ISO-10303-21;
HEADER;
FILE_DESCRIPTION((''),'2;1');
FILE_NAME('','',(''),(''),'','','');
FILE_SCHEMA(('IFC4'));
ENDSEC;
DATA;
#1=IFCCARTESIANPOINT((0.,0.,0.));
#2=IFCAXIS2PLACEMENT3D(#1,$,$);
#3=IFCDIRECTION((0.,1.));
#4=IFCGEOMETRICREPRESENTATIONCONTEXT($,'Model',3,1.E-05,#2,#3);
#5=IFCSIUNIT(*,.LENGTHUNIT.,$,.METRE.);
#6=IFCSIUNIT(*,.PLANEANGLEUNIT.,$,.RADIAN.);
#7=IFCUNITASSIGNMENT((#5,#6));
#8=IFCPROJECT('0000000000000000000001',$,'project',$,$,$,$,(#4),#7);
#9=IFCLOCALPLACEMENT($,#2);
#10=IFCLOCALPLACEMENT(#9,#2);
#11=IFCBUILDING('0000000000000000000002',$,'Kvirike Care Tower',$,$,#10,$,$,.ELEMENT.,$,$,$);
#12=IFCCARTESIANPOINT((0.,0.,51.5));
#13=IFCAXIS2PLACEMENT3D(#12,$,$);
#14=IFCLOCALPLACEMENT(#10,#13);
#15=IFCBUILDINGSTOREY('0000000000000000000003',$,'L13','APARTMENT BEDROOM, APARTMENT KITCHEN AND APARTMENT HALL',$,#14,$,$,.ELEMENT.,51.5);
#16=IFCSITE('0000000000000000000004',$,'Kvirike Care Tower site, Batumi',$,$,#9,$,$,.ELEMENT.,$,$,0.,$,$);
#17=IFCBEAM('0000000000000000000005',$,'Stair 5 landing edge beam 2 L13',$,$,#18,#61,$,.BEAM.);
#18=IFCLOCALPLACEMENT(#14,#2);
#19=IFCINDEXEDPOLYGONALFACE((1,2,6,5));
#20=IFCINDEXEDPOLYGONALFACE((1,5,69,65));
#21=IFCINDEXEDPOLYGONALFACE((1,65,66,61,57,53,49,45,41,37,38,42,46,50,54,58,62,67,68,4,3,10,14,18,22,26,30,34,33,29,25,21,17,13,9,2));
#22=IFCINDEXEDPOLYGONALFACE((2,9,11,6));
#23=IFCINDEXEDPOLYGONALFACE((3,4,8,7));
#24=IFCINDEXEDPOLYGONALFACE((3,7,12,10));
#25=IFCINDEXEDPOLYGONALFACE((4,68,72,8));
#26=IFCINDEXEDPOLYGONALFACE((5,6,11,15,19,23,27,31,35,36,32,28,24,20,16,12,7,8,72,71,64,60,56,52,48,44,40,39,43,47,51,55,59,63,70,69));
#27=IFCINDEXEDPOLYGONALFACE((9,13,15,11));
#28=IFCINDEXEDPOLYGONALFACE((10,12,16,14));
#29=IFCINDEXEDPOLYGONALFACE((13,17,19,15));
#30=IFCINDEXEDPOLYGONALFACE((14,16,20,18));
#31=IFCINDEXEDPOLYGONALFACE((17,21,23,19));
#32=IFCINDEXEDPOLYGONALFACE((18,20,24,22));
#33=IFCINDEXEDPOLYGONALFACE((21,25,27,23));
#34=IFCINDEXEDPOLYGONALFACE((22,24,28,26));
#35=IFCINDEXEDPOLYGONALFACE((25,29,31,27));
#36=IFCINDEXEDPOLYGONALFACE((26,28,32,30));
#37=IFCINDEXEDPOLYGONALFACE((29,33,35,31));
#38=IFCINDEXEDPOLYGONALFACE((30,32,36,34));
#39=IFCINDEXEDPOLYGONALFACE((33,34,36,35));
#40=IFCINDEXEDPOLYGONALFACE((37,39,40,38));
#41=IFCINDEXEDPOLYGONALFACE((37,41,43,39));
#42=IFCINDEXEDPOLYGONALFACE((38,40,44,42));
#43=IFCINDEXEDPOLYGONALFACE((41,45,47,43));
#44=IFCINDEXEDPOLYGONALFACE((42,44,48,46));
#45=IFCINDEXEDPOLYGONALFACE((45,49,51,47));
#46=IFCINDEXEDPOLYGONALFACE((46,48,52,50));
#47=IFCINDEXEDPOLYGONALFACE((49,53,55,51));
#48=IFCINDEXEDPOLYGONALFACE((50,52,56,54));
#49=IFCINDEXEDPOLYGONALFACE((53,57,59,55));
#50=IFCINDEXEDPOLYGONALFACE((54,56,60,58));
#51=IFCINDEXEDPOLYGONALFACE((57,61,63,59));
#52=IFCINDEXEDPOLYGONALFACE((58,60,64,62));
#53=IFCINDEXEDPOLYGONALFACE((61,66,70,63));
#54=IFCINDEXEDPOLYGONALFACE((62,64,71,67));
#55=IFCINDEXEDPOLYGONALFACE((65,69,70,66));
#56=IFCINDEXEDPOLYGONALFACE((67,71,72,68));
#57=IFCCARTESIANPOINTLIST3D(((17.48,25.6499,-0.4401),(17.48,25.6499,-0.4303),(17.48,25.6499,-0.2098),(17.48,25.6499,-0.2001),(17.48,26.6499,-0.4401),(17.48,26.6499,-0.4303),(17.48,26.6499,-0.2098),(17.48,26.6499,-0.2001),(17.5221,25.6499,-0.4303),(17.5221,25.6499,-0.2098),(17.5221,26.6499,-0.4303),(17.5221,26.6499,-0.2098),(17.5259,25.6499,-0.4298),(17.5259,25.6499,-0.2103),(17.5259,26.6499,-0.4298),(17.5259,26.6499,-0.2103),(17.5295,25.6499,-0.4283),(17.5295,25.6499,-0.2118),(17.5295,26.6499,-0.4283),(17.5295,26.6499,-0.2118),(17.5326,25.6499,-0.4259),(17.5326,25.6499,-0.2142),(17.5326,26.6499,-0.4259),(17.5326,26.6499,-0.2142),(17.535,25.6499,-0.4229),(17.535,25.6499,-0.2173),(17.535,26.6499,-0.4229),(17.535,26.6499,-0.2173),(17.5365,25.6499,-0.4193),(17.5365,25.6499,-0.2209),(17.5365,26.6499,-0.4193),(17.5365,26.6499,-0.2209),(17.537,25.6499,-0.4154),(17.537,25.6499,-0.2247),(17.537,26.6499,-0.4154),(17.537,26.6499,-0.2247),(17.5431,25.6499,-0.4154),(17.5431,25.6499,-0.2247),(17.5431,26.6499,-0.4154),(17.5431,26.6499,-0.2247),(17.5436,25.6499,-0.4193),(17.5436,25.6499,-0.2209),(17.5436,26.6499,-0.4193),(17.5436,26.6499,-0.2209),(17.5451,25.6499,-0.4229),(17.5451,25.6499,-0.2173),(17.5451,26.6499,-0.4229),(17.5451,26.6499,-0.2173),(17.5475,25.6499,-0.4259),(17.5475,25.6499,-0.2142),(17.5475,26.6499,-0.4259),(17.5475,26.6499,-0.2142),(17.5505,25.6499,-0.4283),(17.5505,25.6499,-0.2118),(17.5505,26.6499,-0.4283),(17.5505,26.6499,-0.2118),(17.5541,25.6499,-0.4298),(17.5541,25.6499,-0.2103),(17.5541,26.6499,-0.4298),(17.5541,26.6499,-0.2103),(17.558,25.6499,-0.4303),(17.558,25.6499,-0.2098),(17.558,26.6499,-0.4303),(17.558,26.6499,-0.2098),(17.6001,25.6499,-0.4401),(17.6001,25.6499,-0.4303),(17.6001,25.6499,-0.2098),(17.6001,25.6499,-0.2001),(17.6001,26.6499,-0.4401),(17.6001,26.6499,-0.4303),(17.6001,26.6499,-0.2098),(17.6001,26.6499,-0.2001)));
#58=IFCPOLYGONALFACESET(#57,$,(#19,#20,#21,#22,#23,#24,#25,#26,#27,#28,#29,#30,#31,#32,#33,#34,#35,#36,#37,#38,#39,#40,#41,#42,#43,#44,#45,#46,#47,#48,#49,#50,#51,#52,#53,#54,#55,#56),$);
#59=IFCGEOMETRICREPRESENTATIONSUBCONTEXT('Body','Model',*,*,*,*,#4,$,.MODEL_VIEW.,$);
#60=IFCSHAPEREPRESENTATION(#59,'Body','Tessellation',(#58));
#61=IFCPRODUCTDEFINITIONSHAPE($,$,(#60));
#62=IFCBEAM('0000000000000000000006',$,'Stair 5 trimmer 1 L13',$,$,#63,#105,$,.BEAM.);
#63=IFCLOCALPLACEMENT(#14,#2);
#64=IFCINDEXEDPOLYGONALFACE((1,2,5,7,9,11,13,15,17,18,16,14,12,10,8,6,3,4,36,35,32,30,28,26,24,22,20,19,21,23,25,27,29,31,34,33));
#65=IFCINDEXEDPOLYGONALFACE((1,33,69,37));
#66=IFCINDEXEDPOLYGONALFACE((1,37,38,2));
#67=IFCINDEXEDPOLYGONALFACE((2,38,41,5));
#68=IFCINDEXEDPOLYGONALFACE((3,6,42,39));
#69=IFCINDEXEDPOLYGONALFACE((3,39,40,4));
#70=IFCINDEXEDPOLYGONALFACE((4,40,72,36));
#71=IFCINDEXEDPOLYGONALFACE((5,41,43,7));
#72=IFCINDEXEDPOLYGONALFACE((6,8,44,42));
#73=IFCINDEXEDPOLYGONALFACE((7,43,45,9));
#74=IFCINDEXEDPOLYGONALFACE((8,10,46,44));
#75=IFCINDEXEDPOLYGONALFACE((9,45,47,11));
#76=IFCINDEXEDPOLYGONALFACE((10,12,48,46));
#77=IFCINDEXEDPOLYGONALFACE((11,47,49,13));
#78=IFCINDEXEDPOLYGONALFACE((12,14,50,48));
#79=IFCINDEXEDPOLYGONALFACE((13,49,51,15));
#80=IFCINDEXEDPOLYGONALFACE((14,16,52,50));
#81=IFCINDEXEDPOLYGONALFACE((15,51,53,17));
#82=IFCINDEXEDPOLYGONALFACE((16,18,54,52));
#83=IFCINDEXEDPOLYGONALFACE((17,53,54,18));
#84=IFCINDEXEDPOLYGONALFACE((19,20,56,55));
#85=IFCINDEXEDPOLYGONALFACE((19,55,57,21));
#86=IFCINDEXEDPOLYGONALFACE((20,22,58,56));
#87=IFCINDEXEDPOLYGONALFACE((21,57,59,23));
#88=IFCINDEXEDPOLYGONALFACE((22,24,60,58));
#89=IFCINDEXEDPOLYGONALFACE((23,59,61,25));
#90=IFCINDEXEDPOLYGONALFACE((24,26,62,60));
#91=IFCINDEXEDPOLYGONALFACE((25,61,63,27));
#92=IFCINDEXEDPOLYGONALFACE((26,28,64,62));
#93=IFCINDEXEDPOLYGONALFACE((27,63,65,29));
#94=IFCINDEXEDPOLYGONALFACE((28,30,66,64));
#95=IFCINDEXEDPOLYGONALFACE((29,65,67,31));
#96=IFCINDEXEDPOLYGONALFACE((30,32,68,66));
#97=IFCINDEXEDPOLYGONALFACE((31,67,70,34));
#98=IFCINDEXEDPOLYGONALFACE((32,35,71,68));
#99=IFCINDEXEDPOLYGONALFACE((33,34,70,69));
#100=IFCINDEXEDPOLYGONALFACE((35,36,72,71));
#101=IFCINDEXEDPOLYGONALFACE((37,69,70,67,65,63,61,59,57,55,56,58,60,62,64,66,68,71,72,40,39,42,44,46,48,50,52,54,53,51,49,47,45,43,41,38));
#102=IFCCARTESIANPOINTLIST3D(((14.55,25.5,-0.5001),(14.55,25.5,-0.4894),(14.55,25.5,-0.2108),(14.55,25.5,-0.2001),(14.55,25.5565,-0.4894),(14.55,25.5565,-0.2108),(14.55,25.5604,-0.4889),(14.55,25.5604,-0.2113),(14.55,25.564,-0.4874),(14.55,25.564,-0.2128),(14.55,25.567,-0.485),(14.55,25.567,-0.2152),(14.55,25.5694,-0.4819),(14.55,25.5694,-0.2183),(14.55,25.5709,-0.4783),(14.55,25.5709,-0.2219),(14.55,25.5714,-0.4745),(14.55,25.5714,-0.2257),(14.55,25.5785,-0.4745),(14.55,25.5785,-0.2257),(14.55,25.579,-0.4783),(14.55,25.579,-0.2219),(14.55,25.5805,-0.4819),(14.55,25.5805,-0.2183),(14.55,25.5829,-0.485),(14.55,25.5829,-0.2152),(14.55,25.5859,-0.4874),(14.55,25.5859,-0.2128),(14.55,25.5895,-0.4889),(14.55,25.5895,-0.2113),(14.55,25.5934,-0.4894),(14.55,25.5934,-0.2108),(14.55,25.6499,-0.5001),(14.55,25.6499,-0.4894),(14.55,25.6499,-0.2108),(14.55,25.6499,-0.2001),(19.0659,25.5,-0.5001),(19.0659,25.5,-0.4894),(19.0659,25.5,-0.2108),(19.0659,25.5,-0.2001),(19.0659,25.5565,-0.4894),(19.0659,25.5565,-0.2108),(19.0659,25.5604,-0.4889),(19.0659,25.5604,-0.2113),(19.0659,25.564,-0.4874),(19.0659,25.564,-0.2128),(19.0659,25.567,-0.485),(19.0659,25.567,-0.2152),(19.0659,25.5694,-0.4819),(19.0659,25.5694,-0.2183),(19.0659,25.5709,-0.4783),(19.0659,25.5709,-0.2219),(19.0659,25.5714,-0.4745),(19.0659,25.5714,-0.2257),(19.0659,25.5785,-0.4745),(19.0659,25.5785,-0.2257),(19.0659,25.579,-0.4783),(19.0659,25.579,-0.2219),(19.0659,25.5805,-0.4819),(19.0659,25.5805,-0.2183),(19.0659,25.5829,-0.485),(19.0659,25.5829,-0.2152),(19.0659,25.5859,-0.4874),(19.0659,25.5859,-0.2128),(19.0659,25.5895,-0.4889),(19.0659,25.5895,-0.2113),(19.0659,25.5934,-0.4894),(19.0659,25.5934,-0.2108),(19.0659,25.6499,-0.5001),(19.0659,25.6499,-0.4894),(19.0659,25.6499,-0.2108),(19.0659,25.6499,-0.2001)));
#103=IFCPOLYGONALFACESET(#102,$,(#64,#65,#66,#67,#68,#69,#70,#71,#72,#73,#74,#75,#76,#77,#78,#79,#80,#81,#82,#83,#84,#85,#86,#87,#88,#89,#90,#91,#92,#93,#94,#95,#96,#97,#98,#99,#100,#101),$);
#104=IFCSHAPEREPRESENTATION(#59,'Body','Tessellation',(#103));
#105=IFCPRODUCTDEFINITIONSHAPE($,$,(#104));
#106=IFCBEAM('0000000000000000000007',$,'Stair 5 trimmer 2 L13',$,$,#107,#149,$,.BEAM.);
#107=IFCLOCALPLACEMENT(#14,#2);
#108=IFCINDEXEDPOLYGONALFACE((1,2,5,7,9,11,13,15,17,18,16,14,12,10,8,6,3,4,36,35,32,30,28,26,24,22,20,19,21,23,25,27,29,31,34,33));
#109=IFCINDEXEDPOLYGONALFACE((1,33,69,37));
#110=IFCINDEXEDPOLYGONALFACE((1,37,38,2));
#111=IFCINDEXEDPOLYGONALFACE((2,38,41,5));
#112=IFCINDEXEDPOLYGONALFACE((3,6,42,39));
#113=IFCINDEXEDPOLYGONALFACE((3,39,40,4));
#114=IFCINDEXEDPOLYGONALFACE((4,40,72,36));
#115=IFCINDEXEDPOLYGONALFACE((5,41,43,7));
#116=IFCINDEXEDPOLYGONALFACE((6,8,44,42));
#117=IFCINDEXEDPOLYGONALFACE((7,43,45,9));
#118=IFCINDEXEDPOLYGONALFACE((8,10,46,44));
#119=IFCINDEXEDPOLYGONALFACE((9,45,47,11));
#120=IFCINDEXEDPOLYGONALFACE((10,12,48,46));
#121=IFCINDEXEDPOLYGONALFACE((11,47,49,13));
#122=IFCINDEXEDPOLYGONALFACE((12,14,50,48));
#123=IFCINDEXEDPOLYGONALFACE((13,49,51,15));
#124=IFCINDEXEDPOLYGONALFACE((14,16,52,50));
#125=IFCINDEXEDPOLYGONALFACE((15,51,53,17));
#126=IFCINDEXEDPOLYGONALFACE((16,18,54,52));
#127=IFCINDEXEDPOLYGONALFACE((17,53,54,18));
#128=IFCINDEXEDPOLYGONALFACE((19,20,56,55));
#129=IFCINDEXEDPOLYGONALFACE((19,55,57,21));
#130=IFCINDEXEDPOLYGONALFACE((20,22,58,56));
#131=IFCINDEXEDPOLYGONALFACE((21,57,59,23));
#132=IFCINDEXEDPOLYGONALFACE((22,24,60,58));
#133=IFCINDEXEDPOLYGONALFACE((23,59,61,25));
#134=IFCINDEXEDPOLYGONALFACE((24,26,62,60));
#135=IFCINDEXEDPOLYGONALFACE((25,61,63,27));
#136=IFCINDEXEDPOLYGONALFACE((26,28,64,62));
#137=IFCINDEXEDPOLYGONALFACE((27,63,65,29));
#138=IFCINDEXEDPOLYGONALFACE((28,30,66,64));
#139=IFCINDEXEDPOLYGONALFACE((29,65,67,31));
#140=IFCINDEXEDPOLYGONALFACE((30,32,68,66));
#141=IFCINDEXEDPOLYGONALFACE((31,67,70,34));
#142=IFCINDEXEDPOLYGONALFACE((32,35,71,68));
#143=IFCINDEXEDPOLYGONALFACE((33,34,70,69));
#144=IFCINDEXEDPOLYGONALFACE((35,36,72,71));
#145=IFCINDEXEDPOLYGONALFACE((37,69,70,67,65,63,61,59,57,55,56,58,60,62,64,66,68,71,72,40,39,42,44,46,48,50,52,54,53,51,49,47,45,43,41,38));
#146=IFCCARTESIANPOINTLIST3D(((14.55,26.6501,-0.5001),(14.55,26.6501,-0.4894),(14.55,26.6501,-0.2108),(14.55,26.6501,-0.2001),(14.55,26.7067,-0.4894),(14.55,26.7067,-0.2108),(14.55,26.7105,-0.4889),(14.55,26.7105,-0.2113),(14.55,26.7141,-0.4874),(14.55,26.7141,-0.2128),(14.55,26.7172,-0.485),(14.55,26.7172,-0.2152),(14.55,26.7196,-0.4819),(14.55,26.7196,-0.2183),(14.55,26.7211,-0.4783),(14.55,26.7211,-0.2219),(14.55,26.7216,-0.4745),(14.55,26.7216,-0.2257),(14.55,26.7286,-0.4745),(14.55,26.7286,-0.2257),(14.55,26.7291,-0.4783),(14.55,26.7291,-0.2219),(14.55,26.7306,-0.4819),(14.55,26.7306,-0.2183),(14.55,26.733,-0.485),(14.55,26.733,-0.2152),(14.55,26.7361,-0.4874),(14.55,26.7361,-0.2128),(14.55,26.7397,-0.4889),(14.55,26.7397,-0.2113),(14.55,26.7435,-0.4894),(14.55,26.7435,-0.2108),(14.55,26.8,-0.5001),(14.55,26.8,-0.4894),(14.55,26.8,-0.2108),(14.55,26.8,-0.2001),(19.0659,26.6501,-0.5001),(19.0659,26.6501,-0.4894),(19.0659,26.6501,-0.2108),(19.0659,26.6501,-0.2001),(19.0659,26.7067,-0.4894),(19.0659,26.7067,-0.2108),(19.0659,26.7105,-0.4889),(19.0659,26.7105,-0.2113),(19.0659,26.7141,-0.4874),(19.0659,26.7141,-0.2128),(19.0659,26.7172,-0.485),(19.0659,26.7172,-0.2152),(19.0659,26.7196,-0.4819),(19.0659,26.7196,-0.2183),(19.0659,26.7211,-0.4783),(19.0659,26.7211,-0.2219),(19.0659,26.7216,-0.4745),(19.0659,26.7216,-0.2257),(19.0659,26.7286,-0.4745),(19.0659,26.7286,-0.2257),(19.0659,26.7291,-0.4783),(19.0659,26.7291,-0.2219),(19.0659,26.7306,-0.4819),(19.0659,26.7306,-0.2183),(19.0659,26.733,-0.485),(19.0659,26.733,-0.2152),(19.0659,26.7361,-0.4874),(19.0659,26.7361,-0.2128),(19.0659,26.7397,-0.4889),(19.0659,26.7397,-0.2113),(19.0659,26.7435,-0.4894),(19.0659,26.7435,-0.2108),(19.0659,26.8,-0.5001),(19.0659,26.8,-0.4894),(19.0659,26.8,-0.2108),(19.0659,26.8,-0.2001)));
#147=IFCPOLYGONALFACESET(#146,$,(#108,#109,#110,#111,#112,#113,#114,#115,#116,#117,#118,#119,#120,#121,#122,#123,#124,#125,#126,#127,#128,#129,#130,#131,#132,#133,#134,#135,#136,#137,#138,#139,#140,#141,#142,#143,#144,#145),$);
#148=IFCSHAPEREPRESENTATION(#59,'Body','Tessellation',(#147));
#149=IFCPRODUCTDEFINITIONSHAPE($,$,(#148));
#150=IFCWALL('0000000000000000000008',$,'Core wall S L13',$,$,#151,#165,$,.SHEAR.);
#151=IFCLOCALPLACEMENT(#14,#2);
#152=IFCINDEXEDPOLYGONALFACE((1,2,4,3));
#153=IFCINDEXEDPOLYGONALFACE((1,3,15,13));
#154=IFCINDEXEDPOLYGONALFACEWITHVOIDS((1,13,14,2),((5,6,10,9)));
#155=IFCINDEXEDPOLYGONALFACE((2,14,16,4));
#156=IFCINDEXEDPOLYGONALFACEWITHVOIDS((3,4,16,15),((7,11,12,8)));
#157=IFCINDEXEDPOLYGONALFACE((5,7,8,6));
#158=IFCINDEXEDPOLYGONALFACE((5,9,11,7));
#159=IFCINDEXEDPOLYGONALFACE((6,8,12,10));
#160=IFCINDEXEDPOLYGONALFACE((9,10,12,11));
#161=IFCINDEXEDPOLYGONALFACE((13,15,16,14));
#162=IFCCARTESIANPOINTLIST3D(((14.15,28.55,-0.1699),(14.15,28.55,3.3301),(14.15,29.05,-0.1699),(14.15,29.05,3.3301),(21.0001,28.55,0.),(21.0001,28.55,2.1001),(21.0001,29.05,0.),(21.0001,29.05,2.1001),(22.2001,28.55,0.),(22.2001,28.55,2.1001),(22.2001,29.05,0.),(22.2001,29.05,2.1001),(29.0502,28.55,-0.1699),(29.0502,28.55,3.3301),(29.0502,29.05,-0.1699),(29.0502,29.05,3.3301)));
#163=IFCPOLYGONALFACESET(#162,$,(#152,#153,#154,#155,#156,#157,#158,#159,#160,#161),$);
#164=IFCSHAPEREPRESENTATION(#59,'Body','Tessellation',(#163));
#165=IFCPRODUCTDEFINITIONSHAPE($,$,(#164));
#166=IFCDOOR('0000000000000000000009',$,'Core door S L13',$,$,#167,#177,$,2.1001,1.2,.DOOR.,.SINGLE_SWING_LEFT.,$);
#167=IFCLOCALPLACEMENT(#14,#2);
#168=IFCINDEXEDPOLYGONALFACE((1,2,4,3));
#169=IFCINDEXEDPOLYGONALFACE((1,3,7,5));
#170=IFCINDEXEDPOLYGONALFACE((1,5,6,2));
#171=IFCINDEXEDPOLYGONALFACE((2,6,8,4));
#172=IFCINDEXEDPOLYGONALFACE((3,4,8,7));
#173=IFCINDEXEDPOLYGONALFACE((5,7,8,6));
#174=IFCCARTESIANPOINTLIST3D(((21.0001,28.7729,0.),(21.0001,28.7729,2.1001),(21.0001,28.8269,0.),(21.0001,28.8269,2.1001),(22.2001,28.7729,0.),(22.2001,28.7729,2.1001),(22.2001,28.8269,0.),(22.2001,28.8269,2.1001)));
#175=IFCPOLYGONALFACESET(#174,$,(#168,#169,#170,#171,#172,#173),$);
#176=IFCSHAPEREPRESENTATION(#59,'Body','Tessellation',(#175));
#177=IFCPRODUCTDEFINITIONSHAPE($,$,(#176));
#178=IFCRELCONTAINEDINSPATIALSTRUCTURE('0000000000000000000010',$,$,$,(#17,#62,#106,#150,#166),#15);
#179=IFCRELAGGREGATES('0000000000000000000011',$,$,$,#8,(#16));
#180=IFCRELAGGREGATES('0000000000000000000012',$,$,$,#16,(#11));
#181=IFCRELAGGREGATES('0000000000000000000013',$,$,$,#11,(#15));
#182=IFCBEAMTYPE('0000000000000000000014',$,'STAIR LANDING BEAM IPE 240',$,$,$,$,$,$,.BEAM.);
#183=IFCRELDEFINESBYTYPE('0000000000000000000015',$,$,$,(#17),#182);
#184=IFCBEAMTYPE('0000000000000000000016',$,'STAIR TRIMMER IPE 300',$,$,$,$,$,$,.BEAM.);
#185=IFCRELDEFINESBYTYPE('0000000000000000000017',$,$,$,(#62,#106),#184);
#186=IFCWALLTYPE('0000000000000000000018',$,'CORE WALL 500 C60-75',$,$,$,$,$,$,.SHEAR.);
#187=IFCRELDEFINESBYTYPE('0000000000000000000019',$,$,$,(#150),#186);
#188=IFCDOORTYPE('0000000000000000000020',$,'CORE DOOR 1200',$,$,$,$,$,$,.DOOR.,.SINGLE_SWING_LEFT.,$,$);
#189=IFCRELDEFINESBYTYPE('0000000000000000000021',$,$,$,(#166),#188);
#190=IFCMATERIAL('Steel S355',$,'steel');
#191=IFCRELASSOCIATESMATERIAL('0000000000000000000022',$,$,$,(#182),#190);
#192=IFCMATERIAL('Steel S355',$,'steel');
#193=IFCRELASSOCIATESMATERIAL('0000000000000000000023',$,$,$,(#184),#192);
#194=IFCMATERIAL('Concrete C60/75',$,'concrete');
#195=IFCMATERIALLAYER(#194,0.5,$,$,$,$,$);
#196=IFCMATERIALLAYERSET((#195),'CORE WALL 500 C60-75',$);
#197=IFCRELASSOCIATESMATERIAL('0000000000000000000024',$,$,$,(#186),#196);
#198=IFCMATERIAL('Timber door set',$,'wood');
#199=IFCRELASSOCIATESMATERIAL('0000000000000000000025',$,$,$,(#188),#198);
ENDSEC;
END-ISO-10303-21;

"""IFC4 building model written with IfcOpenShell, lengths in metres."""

from ifc_helpers import new_model, si_unit, direction, frame, frame_2d, origin, origin_2d, place, context, subcontext, project, spatial, rectangle, i_section, extrude, material, layer, layer_set, material_profile, profile_set, type_object, element, fill, save


model = new_model("IFC4")

# Units and contexts
model_context = context("Model", 3, precision=1e-05, world=origin(), true_north=direction((0.0, 1.0)))
body_context = subcontext(model_context, "Body", "Model", "MODEL_VIEW")
ifc_project = project(units=[si_unit("LENGTHUNIT", "METRE"), si_unit("PLANEANGLEUNIT", "RADIAN")], contexts=[model_context])

# Site, building, storey
site_placement = place(None, origin())
site = spatial("IfcSite", under=ifc_project, at=site_placement, Name="Kvirike Care Tower site, Batumi", CompositionType="ELEMENT", RefElevation=0.0)
building_placement = place(site_placement, origin())
building = spatial("IfcBuilding", under=site, at=building_placement, Name="Kvirike Care Tower", CompositionType="ELEMENT")
storey_placement = place(building_placement, frame((0.0, 0.0, 51.5)))
storey = spatial("IfcBuildingStorey", under=building, at=storey_placement, Name="L13", Description="APARTMENT BEDROOM, APARTMENT KITCHEN AND APARTMENT HALL", CompositionType="ELEMENT", Elevation=51.5)

# Beams
ifc_material_1 = material(Name="Steel S355", Category="steel")
ifc_material_profile_1 = material_profile(ifc_material_1, i_section(OverallWidth=0.1201, OverallDepth=0.24, WebThickness=0.0061, FlangeThickness=0.0098, FilletRadius=0.0149, at=origin_2d()), Name="IPE 240")
ifc_profile_set_1 = profile_set([ifc_material_profile_1], Name="Steel S355")
beam_type_1 = type_object("IfcBeamType", Name="STAIR LANDING BEAM IPE 240", PredefinedType="BEAM", material=ifc_profile_set_1)
for number, where, z_axis, x_axis, name in (
    (1, (17.54, 25.6499, -0.3201), (0.0, 1.0, 0.0), (-1.0, 0.0, 0.0), "Stair 5 landing edge beam 2 L13"),
):
    element("IfcBeam", number, at=place(storey_placement, frame(where, z_axis=z_axis, x_axis=x_axis)), inside=storey, type_object=beam_type_1, Name=name, PredefinedType="BEAM", context=body_context, shape_type="SweptSolid", body=[
        extrude(i_section(OverallWidth=0.1201, OverallDepth=0.24, WebThickness=0.0061, FlangeThickness=0.0098, FilletRadius=0.0149, at=origin_2d()), origin(), (0.0, 0.0, 1.0), 1.0),
    ])
ifc_material_2 = material(Name="Steel S355", Category="steel")
ifc_material_profile_2 = material_profile(ifc_material_2, i_section(OverallWidth=0.1499, OverallDepth=0.3, WebThickness=0.0071, FlangeThickness=0.0107, FilletRadius=0.0149, at=origin_2d()), Name="IPE 300")
ifc_profile_set_2 = profile_set([ifc_material_profile_2], Name="Steel S355")
beam_type_2 = type_object("IfcBeamType", Name="STAIR TRIMMER IPE 300", PredefinedType="BEAM", material=ifc_profile_set_2)
for number, where, z_axis, x_axis, name in (
    (2, (14.55, 25.575, -0.3501), (1.0, 0.0, 0.0), (0.0, 1.0, 0.0), "Stair 5 trimmer 1 L13"),
    (3, (14.55, 26.7251, -0.3501), (1.0, 0.0, 0.0), (0.0, 1.0, 0.0), "Stair 5 trimmer 2 L13"),
):
    element("IfcBeam", number, at=place(storey_placement, frame(where, z_axis=z_axis, x_axis=x_axis)), inside=storey, type_object=beam_type_2, Name=name, PredefinedType="BEAM", context=body_context, shape_type="SweptSolid", body=[
        extrude(i_section(OverallWidth=0.1499, OverallDepth=0.3, WebThickness=0.0071, FlangeThickness=0.0107, FilletRadius=0.0149, at=origin_2d()), origin(), (0.0, 0.0, 1.0), 4.5159),
    ])

# Wall, opening, door
ifc_material_3 = material(Name="Concrete C60/75", Category="concrete")
ifc_layer_1 = layer(ifc_material_3, 0.5)
ifc_layer_set_1 = layer_set([ifc_layer_1], Name="CORE WALL 500 C60-75")
wall_type_1 = type_object("IfcWallType", Name="CORE WALL 500 C60-75", PredefinedType="SHEAR", material=ifc_layer_set_1)
wall_1_placement = place(storey_placement, frame((14.1499, 28.8, -0.1699), z_axis=(0.0, 0.0, 1.0), x_axis=(1.0, 0.0, 0.0)))
wall_1 = element("IfcWall", 4, at=wall_1_placement, inside=storey, type_object=wall_type_1, Name="Core wall S L13", PredefinedType="SHEAR", context=body_context, shape_type="SweptSolid", body=[
    extrude(rectangle(XDim=14.9001, YDim=0.5, at=frame_2d((7.4502, 0.0))), origin(), (0.0, 0.0, 1.0), 3.5),
])
opening_1_placement = place(wall_1_placement, frame((6.8501, 0.0, 0.1699)))
opening_1 = element("IfcOpeningElement", 5, at=opening_1_placement, cuts=wall_1, PredefinedType="OPENING", context=body_context, shape_type="SweptSolid", body=[
    extrude(rectangle(XDim=1.2, YDim=2.1001, at=frame_2d((0.6001, 1.05))), frame((0.0, 0.2605, 0.0), z_axis=(0.0, -1.0, 0.0), x_axis=(1.0, 0.0, 0.0)), (0.0, 0.0, 1.0), 0.521),
])
ifc_material_4 = material(Name="Timber door set", Category="wood")
door_type_1 = type_object("IfcDoorType", Name="CORE DOOR 1200", OperationType="SINGLE_SWING_LEFT", PredefinedType="DOOR", material=ifc_material_4)
door_1_placement = place(opening_1_placement, origin())
door_1 = element("IfcDoor", 6, at=door_1_placement, inside=storey, type_object=door_type_1, Name="Core door S L13", OperationType="SINGLE_SWING_LEFT", OverallHeight=2.1001, OverallWidth=1.2, PredefinedType="DOOR", context=body_context, shape_type="SweptSolid", body=[
    extrude(rectangle(XDim=1.2, YDim=2.1001, at=frame_2d((0.6001, 1.05))), frame((0.0, 0.0269, 0.0), z_axis=(0.0, -1.0, 0.0), x_axis=(1.0, 0.0, 0.0)), (0.0, 0.0, 1.0), 0.054),
])
fill(opening_1, door_1)

save(model, "model.ifc")
